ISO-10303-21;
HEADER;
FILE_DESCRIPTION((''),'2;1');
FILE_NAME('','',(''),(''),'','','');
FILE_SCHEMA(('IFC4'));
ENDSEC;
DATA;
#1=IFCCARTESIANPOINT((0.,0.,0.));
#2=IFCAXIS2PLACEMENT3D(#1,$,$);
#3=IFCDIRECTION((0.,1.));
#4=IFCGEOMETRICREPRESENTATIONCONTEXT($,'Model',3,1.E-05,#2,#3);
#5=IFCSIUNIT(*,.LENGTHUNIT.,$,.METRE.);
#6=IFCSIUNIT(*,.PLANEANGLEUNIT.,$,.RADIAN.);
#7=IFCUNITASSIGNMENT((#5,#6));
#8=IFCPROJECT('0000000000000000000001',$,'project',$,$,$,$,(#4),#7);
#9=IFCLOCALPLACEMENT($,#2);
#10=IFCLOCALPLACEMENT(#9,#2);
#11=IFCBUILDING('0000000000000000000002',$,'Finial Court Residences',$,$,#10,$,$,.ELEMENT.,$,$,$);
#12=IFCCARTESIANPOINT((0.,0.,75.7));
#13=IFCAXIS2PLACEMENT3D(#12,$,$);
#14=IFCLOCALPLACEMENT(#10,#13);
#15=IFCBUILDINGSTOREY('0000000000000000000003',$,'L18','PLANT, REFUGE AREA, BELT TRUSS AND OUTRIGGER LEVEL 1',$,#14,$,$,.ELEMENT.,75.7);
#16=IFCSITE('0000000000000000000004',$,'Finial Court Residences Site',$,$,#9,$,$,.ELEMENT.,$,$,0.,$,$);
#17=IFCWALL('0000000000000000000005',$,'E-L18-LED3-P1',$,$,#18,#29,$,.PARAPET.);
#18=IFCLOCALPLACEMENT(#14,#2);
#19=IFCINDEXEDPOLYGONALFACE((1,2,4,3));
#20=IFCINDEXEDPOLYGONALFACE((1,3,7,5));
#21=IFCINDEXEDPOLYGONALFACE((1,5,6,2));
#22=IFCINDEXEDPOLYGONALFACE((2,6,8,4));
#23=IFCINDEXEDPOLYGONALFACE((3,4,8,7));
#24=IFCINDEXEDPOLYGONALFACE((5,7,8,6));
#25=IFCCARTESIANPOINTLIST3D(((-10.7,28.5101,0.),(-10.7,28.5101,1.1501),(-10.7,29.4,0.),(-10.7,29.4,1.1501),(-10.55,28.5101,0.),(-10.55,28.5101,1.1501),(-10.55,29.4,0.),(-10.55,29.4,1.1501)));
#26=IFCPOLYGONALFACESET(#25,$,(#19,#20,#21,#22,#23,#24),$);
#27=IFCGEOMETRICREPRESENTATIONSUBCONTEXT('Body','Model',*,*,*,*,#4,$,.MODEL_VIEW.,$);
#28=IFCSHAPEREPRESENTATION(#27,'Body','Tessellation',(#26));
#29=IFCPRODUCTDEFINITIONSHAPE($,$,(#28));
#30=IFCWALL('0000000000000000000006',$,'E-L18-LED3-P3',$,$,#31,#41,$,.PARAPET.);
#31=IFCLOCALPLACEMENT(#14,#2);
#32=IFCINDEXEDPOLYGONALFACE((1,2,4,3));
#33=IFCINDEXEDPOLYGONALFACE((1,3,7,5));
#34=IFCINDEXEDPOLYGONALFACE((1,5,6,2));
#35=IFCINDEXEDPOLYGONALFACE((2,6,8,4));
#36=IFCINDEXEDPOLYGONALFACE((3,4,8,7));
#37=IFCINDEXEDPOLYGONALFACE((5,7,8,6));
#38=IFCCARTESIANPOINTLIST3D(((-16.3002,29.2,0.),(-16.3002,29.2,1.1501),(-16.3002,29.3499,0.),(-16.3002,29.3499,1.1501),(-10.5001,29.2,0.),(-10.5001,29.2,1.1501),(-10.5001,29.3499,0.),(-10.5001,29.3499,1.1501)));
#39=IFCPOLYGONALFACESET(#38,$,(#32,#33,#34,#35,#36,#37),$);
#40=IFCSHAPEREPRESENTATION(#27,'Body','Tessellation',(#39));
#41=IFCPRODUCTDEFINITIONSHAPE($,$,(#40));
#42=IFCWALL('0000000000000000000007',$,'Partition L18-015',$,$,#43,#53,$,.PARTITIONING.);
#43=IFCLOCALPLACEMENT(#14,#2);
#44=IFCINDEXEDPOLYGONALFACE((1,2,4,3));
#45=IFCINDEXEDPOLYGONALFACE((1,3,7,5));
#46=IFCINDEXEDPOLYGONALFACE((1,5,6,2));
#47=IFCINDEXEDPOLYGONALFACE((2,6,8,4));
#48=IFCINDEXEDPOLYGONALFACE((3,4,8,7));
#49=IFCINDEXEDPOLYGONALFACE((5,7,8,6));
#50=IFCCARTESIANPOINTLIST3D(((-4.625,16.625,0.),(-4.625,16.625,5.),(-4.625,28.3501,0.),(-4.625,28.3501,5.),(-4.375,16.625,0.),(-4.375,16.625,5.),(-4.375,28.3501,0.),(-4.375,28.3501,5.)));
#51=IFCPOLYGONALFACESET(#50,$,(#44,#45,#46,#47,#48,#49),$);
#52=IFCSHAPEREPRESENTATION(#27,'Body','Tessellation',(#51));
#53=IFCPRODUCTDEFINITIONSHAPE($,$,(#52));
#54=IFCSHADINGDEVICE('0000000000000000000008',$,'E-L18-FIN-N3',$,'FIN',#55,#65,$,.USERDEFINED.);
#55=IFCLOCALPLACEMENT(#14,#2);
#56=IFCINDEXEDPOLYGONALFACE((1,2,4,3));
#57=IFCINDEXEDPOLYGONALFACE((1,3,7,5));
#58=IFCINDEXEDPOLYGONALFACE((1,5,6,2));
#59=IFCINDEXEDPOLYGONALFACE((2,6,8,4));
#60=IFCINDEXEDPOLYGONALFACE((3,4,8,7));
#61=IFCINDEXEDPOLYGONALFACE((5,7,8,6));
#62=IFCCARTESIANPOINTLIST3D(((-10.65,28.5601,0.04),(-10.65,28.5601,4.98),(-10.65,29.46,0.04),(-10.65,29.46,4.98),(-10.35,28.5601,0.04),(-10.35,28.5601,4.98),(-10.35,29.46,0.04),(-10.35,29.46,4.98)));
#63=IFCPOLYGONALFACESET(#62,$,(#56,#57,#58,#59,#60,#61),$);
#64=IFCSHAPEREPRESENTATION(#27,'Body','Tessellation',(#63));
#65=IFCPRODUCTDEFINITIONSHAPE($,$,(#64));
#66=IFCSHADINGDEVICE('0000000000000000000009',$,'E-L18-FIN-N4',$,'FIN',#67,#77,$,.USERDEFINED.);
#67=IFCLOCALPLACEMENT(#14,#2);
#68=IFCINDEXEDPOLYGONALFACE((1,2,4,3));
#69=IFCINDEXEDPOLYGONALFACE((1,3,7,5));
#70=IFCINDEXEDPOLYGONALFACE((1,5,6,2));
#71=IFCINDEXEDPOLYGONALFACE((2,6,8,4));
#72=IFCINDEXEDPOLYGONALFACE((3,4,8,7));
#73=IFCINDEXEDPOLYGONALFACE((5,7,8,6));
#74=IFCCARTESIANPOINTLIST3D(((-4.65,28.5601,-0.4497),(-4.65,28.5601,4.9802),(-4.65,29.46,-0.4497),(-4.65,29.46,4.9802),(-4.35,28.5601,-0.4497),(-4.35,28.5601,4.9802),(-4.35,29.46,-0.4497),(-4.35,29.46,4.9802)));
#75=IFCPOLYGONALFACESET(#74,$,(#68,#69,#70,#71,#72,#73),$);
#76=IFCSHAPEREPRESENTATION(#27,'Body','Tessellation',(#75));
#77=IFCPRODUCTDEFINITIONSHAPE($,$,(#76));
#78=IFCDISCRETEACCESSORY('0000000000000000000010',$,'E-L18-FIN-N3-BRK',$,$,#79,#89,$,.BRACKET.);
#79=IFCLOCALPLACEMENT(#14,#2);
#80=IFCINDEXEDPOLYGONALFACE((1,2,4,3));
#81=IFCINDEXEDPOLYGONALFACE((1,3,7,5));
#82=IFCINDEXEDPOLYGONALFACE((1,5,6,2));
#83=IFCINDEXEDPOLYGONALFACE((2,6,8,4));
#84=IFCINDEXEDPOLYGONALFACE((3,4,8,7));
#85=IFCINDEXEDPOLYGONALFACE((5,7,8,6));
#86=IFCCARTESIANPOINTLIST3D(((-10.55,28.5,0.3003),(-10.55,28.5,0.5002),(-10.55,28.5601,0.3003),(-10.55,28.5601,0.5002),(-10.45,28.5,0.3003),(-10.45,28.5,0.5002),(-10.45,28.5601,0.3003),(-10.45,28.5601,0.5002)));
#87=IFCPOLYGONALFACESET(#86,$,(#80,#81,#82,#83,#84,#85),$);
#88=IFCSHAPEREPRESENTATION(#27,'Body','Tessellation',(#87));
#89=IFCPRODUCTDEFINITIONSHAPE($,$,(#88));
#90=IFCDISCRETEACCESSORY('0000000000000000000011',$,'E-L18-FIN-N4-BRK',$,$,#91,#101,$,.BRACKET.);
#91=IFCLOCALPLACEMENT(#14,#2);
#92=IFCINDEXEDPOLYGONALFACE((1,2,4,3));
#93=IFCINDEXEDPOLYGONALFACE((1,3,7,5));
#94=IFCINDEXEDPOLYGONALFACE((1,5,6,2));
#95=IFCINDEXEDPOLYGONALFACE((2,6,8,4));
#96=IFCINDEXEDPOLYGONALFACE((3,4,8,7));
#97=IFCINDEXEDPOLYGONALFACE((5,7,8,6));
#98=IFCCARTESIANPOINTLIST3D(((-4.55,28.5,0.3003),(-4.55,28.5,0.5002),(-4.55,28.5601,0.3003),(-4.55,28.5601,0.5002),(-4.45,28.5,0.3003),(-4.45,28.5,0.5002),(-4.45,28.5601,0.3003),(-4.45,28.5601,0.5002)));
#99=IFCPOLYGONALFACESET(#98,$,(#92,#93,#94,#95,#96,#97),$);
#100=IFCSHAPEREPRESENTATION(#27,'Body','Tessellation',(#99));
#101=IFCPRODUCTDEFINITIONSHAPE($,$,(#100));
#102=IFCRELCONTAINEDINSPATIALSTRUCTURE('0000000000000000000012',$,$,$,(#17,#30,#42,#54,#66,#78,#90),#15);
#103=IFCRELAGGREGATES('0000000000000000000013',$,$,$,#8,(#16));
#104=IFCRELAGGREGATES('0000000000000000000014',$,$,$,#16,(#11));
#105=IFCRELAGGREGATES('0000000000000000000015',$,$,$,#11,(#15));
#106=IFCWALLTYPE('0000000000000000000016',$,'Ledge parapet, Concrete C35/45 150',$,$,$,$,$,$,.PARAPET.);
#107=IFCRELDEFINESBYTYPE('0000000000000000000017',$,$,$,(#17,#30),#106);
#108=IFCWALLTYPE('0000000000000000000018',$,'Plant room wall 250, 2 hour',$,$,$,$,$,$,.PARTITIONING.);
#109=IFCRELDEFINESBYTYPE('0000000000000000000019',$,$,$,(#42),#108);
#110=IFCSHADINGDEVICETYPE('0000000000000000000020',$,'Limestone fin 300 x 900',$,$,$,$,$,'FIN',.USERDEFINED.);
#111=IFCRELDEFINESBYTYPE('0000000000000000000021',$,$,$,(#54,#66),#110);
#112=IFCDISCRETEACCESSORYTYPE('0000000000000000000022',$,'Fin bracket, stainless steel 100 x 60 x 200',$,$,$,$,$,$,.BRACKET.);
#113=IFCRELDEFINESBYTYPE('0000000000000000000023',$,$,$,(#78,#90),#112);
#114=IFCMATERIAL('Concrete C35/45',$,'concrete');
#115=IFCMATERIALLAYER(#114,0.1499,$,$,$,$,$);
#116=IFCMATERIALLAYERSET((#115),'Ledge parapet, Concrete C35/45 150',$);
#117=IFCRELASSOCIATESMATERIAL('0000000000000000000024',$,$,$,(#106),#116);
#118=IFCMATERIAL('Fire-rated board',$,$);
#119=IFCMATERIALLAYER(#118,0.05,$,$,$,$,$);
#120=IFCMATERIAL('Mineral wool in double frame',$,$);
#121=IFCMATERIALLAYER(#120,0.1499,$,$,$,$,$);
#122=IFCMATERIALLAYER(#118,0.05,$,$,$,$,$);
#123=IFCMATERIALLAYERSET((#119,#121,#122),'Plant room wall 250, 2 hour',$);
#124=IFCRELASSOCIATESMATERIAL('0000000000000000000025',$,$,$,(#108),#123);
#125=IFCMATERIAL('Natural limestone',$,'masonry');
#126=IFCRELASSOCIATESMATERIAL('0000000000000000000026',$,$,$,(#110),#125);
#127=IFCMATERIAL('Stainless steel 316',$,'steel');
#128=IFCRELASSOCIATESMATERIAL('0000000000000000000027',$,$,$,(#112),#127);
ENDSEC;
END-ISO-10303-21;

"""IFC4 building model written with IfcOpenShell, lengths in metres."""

from ifc_helpers import new_model, si_unit, direction, frame, frame_2d, origin, origin_2d, place, context, subcontext, project, spatial, rectangle, extrude, material, layer, layer_set, type_object, element, save


model = new_model("IFC4")

# Units and contexts
model_context = context("Model", 3, precision=1e-05, world=origin(), true_north=direction((0.0, 1.0)))
body_context = subcontext(model_context, "Body", "Model", "MODEL_VIEW")
ifc_project = project(units=[si_unit("LENGTHUNIT", "METRE"), si_unit("PLANEANGLEUNIT", "RADIAN")], contexts=[model_context])

# Site, building, storey
site_placement = place(None, origin())
site = spatial("IfcSite", under=ifc_project, at=site_placement, Name="Finial Court Residences Site", CompositionType="ELEMENT", RefElevation=0.0)
building_placement = place(site_placement, origin())
building = spatial("IfcBuilding", under=site, at=building_placement, Name="Finial Court Residences", CompositionType="ELEMENT")
storey_placement = place(building_placement, frame((0.0, 0.0, 75.7)))
storey = spatial("IfcBuildingStorey", under=building, at=storey_placement, Name="L18", Description="PLANT, REFUGE AREA, BELT TRUSS AND OUTRIGGER LEVEL 1", CompositionType="ELEMENT", Elevation=75.7)

# Walls
ifc_material_1 = material(Name="Concrete C35/45", Category="concrete")
ifc_layer_1 = layer(ifc_material_1, 0.1499)
ifc_layer_set_1 = layer_set([ifc_layer_1], Name="Ledge parapet, Concrete C35/45 150")
wall_type_1 = type_object("IfcWallType", Name="Ledge parapet, Concrete C35/45 150", PredefinedType="PARAPET", material=ifc_layer_set_1)
wall_1_placement = place(storey_placement, frame((-10.625, 29.3999, 0.0), z_axis=(0.0, 0.0, 1.0), x_axis=(0.0, -1.0, 0.0)))
element("IfcWall", 1, at=wall_1_placement, inside=storey, type_object=wall_type_1, Name="E-L18-LED3-P1", PredefinedType="PARAPET", context=body_context, shape_type="SweptSolid", body=[
    extrude(rectangle(XDim=0.8899, YDim=0.1499, at=frame_2d((0.4448, 0.0))), origin(), (0.0, 0.0, 1.0), 1.1501),
])
wall_2_placement = place(storey_placement, frame((-16.3, 29.2749, 0.0), z_axis=(0.0, 0.0, 1.0), x_axis=(1.0, 0.0, 0.0)))
element("IfcWall", 2, at=wall_2_placement, inside=storey, type_object=wall_type_1, Name="E-L18-LED3-P3", PredefinedType="PARAPET", context=body_context, shape_type="SweptSolid", body=[
    extrude(rectangle(XDim=5.8, YDim=0.1499, at=frame_2d((2.8999, 0.0))), origin(), (0.0, 0.0, 1.0), 1.1501),
])
ifc_material_2 = material(Name="Fire-rated board")
ifc_layer_2 = layer(ifc_material_2, 0.05)
ifc_material_3 = material(Name="Mineral wool in double frame")
ifc_layer_3 = layer(ifc_material_3, 0.1499)
ifc_layer_4 = layer(ifc_material_2, 0.05)
ifc_layer_set_2 = layer_set([ifc_layer_2, ifc_layer_3, ifc_layer_4], Name="Plant room wall 250, 2 hour")
wall_type_2 = type_object("IfcWallType", Name="Plant room wall 250, 2 hour", PredefinedType="PARTITIONING", material=ifc_layer_set_2)
wall_3_placement = place(storey_placement, frame((-4.5, 16.625, 0.0), z_axis=(0.0, 0.0, 1.0), x_axis=(0.0, 1.0, 0.0)))
element("IfcWall", 3, at=wall_3_placement, inside=storey, type_object=wall_type_2, Name="Partition L18-015", PredefinedType="PARTITIONING", context=body_context, shape_type="SweptSolid", body=[
    extrude(rectangle(XDim=11.7251, YDim=0.25, at=frame_2d((5.8625, 0.0))), origin(), (0.0, 0.0, 1.0), 5.0),
])

# Shading devices
ifc_material_4 = material(Name="Natural limestone", Category="masonry")
shading_device_type = type_object("IfcShadingDeviceType", Name="Limestone fin 300 x 900", ElementType="FIN", PredefinedType="USERDEFINED", material=ifc_material_4)
shading_device_1_placement = place(storey_placement, frame((-10.5, 29.01, 0.04), z_axis=(0.0, 0.0, 1.0), x_axis=(1.0, 0.0, 0.0)))
element("IfcShadingDevice", 4, at=shading_device_1_placement, inside=storey, type_object=shading_device_type, Name="E-L18-FIN-N3", ObjectType="FIN", PredefinedType="USERDEFINED", context=body_context, shape_type="SweptSolid", body=[
    extrude(rectangle(XDim=0.3, YDim=0.8999, at=origin_2d()), origin(), (0.0, 0.0, 1.0), 4.9399),
])
shading_device_2_placement = place(storey_placement, frame((-4.5, 29.01, -0.4497), z_axis=(0.0, 0.0, 1.0), x_axis=(1.0, 0.0, 0.0)))
element("IfcShadingDevice", 5, at=shading_device_2_placement, inside=storey, type_object=shading_device_type, Name="E-L18-FIN-N4", ObjectType="FIN", PredefinedType="USERDEFINED", context=body_context, shape_type="SweptSolid", body=[
    extrude(rectangle(XDim=0.3, YDim=0.8999, at=origin_2d()), origin(), (0.0, 0.0, 1.0), 5.4299),
])

# Discrete accessories
ifc_material_5 = material(Name="Stainless steel 316", Category="steel")
discrete_accessory_type = type_object("IfcDiscreteAccessoryType", Name="Fin bracket, stainless steel 100 x 60 x 200", PredefinedType="BRACKET", material=ifc_material_5)
for number, where, z_axis, x_axis, name in (
    (6, (-10.5, 28.53, 0.3003), (0.0, 0.0, 1.0), (1.0, 0.0, 0.0), "E-L18-FIN-N3-BRK"),
    (7, (-4.5, 28.53, 0.3003), (0.0, 0.0, 1.0), (1.0, 0.0, 0.0), "E-L18-FIN-N4-BRK"),
):
    element("IfcDiscreteAccessory", number, at=place(storey_placement, frame(where, z_axis=z_axis, x_axis=x_axis)), inside=storey, type_object=discrete_accessory_type, Name=name, PredefinedType="BRACKET", context=body_context, shape_type="SweptSolid", body=[
        extrude(rectangle(XDim=0.1001, YDim=0.0601, at=origin_2d()), origin(), (0.0, 0.0, 1.0), 0.2),
    ])

save(model, "model.ifc")
